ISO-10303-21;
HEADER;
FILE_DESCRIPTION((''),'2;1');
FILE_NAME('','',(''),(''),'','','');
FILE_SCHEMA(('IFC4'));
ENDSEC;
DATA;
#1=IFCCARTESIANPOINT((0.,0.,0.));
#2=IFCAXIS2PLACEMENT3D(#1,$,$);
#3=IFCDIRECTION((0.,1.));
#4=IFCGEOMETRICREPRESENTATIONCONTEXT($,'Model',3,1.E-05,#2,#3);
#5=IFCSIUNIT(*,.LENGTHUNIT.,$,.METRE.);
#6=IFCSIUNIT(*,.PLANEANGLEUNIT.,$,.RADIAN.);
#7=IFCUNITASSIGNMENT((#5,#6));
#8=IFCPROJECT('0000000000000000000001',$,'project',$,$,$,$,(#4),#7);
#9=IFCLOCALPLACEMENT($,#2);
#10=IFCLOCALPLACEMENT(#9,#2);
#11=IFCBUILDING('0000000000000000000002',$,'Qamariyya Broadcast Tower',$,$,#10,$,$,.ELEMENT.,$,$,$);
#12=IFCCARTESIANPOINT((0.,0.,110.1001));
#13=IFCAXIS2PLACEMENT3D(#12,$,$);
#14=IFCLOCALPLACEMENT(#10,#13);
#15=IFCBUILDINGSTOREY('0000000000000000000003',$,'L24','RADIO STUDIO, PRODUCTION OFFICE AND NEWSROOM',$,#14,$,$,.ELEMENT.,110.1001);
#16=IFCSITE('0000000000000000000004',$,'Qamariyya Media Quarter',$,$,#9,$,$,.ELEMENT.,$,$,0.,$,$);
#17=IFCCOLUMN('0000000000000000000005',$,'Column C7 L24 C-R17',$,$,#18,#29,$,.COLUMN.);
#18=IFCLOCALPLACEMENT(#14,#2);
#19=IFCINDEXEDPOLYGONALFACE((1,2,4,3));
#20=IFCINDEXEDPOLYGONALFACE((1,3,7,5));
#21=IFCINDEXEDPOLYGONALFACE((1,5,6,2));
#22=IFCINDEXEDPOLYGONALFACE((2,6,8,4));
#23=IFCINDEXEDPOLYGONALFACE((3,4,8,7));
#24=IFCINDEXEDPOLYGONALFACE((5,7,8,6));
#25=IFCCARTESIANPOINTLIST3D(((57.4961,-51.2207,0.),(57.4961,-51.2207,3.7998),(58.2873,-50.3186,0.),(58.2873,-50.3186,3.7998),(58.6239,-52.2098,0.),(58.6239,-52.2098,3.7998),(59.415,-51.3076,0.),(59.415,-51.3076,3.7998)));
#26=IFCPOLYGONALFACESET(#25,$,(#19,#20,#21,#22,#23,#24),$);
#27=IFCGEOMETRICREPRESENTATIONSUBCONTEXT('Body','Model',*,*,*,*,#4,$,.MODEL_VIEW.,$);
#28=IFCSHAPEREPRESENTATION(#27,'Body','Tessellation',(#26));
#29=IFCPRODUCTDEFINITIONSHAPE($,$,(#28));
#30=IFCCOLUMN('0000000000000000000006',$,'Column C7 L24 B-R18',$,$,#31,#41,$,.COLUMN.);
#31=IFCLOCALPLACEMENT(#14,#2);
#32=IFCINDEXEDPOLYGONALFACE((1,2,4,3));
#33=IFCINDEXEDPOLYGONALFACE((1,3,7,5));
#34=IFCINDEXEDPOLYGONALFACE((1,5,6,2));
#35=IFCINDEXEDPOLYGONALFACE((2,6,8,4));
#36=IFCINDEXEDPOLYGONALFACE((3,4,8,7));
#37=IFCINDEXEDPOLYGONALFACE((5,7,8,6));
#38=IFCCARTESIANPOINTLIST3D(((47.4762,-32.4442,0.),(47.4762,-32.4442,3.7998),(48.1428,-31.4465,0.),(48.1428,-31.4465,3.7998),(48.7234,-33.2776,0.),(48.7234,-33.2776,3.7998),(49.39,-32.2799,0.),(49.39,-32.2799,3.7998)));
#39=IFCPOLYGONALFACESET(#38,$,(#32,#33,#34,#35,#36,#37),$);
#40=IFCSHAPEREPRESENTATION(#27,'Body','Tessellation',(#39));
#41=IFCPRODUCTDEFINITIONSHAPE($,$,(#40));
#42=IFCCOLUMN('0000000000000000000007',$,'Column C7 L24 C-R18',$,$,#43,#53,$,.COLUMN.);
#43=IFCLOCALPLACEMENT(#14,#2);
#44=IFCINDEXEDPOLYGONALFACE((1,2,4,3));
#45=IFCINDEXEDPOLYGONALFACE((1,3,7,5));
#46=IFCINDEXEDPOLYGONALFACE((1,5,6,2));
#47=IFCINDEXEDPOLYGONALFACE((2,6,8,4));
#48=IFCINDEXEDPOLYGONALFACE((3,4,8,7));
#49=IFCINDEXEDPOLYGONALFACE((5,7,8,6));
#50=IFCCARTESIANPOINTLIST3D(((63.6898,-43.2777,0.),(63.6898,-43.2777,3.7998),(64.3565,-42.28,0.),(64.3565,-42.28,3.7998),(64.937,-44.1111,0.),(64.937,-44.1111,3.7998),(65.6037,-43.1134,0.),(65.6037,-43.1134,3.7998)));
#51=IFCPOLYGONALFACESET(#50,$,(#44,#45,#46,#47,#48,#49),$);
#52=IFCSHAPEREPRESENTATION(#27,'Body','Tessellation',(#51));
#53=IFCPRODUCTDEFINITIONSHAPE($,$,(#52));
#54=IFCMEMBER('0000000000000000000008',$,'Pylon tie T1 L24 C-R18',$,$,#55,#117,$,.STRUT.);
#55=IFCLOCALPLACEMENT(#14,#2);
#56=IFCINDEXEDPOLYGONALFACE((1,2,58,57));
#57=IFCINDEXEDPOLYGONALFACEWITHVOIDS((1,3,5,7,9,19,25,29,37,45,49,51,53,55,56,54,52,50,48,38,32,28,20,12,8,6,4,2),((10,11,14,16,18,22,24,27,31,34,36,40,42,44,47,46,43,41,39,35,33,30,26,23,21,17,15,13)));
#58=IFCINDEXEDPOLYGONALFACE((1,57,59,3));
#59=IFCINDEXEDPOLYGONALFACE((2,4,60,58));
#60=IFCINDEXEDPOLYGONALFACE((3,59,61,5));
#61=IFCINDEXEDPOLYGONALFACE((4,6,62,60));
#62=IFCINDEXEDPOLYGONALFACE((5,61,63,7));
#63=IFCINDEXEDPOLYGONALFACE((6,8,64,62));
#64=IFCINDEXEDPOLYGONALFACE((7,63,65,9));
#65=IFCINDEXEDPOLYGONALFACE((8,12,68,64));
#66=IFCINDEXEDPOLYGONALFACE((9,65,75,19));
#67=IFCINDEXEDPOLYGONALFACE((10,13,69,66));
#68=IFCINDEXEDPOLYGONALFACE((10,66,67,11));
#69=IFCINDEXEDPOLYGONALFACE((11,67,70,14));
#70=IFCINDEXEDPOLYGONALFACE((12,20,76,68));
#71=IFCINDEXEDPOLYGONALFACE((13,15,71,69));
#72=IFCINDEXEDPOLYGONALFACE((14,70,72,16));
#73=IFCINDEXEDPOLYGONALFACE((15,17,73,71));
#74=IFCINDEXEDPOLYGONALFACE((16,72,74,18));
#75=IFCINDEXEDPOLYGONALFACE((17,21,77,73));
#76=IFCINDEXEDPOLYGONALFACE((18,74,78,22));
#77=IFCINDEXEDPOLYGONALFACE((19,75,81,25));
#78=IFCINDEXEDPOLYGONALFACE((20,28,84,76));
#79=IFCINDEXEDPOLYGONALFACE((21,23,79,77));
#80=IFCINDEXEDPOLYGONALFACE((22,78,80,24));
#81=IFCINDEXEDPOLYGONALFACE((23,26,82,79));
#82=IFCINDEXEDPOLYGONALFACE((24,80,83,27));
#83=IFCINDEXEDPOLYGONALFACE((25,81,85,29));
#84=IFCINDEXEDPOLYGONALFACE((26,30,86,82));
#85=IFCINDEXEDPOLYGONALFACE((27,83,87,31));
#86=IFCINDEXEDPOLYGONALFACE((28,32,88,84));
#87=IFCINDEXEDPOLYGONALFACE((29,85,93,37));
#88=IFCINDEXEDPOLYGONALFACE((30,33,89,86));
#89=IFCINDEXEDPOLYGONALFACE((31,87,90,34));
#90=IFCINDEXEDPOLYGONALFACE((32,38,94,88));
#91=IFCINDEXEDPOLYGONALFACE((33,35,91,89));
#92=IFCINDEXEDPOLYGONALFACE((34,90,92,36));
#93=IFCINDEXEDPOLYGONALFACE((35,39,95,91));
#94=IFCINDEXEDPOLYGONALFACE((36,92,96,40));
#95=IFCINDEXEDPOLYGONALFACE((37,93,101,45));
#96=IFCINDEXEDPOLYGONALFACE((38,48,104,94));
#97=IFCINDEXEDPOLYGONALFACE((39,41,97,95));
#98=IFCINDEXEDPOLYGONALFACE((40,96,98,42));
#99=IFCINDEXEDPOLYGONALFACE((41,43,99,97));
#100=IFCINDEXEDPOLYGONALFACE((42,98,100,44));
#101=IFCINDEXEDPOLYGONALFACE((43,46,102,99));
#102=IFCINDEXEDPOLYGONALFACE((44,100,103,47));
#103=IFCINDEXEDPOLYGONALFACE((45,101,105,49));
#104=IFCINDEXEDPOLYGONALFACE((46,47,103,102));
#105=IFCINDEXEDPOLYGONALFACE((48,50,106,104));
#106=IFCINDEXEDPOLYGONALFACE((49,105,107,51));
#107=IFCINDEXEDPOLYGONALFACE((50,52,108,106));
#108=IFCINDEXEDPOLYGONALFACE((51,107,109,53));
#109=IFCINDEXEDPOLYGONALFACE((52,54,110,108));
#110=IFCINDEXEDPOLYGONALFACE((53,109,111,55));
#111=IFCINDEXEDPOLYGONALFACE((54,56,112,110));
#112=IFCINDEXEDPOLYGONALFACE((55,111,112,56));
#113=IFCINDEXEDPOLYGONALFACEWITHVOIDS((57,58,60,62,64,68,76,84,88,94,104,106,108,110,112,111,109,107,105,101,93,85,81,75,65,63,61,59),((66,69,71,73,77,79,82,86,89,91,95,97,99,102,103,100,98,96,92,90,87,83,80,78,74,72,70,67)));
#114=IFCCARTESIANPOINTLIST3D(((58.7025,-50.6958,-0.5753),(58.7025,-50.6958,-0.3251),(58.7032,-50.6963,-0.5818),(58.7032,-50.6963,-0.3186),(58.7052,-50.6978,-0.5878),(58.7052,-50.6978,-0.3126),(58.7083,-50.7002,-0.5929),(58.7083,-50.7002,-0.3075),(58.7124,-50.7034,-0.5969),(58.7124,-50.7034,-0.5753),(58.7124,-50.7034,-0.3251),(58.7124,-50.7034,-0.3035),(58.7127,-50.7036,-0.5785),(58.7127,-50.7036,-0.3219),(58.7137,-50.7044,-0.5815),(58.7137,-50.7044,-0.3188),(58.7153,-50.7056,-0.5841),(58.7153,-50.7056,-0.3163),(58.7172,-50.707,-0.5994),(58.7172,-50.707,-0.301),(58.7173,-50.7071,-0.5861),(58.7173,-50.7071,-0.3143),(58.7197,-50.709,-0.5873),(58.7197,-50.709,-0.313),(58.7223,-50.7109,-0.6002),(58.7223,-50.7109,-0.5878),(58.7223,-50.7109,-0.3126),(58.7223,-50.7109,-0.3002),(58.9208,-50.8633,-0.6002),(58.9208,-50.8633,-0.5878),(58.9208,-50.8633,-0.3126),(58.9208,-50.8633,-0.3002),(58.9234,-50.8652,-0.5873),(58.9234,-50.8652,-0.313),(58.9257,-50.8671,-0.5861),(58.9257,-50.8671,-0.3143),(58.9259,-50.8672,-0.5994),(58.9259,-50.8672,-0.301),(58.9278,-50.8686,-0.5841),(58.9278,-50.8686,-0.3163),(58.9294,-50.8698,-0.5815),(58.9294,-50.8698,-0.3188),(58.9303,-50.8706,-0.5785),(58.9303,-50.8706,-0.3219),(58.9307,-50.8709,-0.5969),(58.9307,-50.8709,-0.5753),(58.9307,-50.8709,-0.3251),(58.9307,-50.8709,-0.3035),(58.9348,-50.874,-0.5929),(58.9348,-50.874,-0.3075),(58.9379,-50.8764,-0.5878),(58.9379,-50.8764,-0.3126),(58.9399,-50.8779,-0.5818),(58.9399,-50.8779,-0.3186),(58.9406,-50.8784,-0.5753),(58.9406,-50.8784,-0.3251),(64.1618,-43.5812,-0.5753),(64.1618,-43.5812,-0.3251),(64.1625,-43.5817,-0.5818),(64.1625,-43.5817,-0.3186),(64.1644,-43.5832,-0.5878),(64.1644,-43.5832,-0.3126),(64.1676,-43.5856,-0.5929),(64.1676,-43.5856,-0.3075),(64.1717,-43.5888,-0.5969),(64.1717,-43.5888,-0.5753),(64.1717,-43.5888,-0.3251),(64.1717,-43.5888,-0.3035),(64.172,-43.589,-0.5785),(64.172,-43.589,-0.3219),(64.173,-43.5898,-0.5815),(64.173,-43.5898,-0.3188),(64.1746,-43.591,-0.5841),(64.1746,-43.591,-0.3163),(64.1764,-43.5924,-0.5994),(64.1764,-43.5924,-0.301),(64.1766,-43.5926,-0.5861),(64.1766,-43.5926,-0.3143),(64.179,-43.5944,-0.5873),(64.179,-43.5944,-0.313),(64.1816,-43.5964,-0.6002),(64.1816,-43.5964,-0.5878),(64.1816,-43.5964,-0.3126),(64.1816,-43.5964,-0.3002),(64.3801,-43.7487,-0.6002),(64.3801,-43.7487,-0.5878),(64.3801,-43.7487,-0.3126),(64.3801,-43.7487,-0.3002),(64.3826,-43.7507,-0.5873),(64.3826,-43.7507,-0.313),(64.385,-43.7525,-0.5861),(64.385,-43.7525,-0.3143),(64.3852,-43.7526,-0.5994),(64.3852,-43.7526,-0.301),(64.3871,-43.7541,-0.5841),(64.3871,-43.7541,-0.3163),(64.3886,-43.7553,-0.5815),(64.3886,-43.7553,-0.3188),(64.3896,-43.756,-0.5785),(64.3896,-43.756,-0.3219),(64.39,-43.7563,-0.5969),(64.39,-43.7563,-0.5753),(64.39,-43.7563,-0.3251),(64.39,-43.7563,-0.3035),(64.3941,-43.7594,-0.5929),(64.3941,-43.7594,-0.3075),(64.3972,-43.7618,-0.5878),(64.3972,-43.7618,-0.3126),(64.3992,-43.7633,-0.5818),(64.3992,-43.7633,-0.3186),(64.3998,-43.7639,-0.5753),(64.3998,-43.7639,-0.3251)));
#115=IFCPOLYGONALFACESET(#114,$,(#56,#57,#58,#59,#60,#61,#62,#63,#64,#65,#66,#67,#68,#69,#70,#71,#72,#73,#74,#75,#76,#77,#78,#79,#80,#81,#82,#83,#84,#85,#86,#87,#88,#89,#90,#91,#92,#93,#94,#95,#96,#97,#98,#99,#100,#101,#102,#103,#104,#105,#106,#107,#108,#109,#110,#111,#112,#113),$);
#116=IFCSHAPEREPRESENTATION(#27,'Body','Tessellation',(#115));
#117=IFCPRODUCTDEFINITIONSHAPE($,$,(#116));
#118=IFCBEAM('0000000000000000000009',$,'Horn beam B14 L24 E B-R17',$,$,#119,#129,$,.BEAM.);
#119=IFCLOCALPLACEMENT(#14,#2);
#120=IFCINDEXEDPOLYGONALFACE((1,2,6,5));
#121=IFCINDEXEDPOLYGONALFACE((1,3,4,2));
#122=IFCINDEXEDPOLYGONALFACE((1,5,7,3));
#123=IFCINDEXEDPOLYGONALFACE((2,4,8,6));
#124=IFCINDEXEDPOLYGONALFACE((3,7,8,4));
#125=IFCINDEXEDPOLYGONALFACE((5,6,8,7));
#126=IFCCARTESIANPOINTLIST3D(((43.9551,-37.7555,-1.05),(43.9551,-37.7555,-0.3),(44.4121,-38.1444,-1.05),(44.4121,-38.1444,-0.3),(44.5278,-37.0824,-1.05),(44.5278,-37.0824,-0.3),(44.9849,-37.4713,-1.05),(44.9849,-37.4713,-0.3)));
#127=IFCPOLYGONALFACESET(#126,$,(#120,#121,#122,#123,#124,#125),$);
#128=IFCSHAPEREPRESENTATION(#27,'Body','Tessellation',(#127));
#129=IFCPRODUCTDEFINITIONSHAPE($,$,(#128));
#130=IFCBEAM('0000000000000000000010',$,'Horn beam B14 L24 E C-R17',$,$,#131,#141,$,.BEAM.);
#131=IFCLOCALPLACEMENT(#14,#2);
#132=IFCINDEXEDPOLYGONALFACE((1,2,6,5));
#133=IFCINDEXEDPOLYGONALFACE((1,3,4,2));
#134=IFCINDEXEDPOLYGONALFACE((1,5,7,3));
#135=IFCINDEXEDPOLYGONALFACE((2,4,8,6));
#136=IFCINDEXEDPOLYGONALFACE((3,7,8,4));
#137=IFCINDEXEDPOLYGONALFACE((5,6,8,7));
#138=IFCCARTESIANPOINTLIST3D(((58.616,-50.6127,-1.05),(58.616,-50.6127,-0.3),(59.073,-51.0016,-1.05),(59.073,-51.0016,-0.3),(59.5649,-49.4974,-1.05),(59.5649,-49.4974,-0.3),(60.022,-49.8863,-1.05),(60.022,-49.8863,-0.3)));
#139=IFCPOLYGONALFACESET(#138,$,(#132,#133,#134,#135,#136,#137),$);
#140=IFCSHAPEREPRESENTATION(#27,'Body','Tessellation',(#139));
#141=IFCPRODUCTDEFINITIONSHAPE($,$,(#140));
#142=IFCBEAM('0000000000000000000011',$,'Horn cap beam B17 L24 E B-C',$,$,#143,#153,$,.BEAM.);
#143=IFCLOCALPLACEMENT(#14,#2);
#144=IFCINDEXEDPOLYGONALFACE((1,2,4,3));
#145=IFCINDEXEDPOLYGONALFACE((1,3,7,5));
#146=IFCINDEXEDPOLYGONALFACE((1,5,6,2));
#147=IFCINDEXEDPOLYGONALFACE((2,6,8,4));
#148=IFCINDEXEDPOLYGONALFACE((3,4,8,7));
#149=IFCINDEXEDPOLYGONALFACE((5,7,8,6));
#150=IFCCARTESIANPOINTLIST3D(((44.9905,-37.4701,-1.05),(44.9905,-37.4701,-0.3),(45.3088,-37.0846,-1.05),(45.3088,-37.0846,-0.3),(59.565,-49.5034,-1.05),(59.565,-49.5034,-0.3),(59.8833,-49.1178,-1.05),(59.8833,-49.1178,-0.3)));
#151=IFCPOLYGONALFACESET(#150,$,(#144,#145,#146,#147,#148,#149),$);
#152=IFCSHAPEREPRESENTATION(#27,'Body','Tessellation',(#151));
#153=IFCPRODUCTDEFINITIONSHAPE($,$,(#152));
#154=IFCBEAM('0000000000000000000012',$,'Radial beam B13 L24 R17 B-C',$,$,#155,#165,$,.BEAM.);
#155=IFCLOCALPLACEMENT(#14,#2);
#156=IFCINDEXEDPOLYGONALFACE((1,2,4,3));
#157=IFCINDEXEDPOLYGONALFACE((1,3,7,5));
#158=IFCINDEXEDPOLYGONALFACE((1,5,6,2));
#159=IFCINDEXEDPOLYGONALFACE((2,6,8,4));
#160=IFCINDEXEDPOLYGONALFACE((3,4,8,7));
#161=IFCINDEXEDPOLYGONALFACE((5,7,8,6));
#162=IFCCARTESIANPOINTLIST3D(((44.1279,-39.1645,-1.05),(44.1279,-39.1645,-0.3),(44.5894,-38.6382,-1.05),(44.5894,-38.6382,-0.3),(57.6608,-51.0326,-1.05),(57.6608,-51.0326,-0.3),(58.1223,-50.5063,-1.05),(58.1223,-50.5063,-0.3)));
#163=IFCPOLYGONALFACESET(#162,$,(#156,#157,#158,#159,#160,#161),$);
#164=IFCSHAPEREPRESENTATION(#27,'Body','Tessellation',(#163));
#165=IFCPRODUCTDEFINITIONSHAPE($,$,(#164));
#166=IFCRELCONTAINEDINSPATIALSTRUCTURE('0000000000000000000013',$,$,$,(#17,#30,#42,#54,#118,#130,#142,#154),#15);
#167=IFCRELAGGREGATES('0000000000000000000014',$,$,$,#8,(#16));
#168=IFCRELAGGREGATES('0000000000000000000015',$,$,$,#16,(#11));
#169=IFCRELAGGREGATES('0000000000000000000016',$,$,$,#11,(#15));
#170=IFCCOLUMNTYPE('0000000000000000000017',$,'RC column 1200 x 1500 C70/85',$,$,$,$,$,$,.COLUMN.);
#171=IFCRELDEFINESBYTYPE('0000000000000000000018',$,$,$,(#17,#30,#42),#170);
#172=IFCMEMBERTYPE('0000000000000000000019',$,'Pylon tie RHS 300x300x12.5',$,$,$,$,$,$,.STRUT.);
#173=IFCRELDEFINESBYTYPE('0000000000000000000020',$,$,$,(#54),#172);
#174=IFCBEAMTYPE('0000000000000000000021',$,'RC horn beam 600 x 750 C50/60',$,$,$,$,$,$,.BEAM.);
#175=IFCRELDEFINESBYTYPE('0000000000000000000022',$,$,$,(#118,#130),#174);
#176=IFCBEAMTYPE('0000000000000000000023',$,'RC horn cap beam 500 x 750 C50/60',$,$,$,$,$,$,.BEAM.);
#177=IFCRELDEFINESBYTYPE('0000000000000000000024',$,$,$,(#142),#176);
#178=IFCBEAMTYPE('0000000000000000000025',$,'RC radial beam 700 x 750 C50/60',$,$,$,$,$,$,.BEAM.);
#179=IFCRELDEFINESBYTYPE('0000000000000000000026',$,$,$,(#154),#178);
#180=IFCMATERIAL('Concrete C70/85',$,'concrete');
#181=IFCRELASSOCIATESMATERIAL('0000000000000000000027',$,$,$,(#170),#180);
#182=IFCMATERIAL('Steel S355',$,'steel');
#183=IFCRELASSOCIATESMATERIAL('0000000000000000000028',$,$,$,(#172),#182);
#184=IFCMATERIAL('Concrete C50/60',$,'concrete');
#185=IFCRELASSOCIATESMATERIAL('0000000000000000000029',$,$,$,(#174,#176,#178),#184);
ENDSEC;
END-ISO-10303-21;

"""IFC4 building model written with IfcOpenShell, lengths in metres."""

from ifc_helpers import new_model, si_unit, direction, frame, origin, origin_2d, place, context, subcontext, project, spatial, rectangle, hollow_rectangle, extrude, material, material_profile, profile_set, type_object, element, save


model = new_model("IFC4")

# Units and contexts
model_context = context("Model", 3, precision=1e-05, world=origin(), true_north=direction((0.0, 1.0)))
body_context = subcontext(model_context, "Body", "Model", "MODEL_VIEW")
ifc_project = project(units=[si_unit("LENGTHUNIT", "METRE"), si_unit("PLANEANGLEUNIT", "RADIAN")], contexts=[model_context])

# Site, building, storey
site_placement = place(None, origin())
site = spatial("IfcSite", under=ifc_project, at=site_placement, Name="Qamariyya Media Quarter", CompositionType="ELEMENT", RefElevation=0.0)
building_placement = place(site_placement, origin())
building = spatial("IfcBuilding", under=site, at=building_placement, Name="Qamariyya Broadcast Tower", CompositionType="ELEMENT")
storey_placement = place(building_placement, frame((0.0, 0.0, 110.1001)))
storey = spatial("IfcBuildingStorey", under=building, at=storey_placement, Name="L24", Description="RADIO STUDIO, PRODUCTION OFFICE AND NEWSROOM", CompositionType="ELEMENT", Elevation=110.1001)

# Columns
ifc_material_1 = material(Name="Concrete C70/85", Category="concrete")
ifc_material_profile_1 = material_profile(ifc_material_1, rectangle(XDim=1.2, YDim=1.5, at=origin_2d()))
ifc_profile_set_1 = profile_set([ifc_material_profile_1], Name="Concrete C70/85")
column_type = type_object("IfcColumnType", Name="RC column 1200 x 1500 C70/85", PredefinedType="COLUMN", material=ifc_profile_set_1)
for number, where, z_axis, x_axis, name in (
    (1, (58.4556, -51.2642, 0.0), (0.0, 0.0, 1.0), (0.659346, 0.75184, 0.0), "Column C7 L24 C-R17"),
    (2, (48.4331, -32.3621, 0.0), (0.0, 0.0, 1.0), (0.55557, 0.83147, 0.0), "Column C7 L24 B-R18"),
    (3, (64.6467, -43.1956, 0.0), (0.0, 0.0, 1.0), (0.55557, 0.83147, 0.0), "Column C7 L24 C-R18"),
):
    element("IfcColumn", number, at=place(storey_placement, frame(where, z_axis=z_axis, x_axis=x_axis)), inside=storey, type_object=column_type, Name=name, PredefinedType="COLUMN", context=body_context, shape_type="SweptSolid", body=[
        extrude(rectangle(XDim=1.2, YDim=1.5, at=origin_2d()), origin(), (0.0, 0.0, 1.0), 3.7998),
    ])

# Member
ifc_material_2 = material(Name="Steel S355", Category="steel")
ifc_material_profile_2 = material_profile(ifc_material_2, hollow_rectangle(XDim=0.3, YDim=0.3, WallThickness=0.0125, InnerFilletRadius=0.0125, OuterFilletRadius=0.0249, at=origin_2d()))
ifc_profile_set_2 = profile_set([ifc_material_profile_2], Name="Steel S355")
member_type = type_object("IfcMemberType", Name="Pylon tie RHS 300x300x12.5", PredefinedType="STRUT", material=ifc_profile_set_2)
member_placement = place(storey_placement, frame((58.8215, -50.7871, -0.4502), z_axis=(0.608767, 0.793349, 0.0), x_axis=(-0.793349, 0.608767, 0.0)))
element("IfcMember", 4, at=member_placement, inside=storey, type_object=member_type, Name="Pylon tie T1 L24 C-R18", PredefinedType="STRUT", context=body_context, shape_type="SweptSolid", body=[
    extrude(hollow_rectangle(XDim=0.3, YDim=0.3, WallThickness=0.0125, InnerFilletRadius=0.0125, OuterFilletRadius=0.0249, at=origin_2d()), origin(), (0.0, 0.0, 1.0), 8.9678),
])

# Beams
ifc_material_3 = material(Name="Concrete C50/60", Category="concrete")
ifc_material_profile_3 = material_profile(ifc_material_3, rectangle(XDim=0.6001, YDim=0.75, at=origin_2d()))
ifc_profile_set_3 = profile_set([ifc_material_profile_3], Name="Concrete C50/60")
beam_type_1 = type_object("IfcBeamType", Name="RC horn beam 600 x 750 C50/60", PredefinedType="BEAM", material=ifc_profile_set_3)
beam_1_placement = place(storey_placement, frame((44.1836, -37.95, -0.675), z_axis=(0.648057, 0.761592, 0.0), x_axis=(-0.761592, 0.648057, 0.0)))
element("IfcBeam", 5, at=beam_1_placement, inside=storey, type_object=beam_type_1, Name="Horn beam B14 L24 E B-R17", PredefinedType="BEAM", context=body_context, shape_type="SweptSolid", body=[
    extrude(rectangle(XDim=0.6001, YDim=0.75, at=origin_2d()), origin(), (0.0, 0.0, 1.0), 0.8838),
])
beam_2_placement = place(storey_placement, frame((58.8445, -50.8071, -0.675), z_axis=(0.648055, 0.761594, 0.0), x_axis=(-0.761594, 0.648055, 0.0)))
element("IfcBeam", 6, at=beam_2_placement, inside=storey, type_object=beam_type_1, Name="Horn beam B14 L24 E C-R17", PredefinedType="BEAM", context=body_context, shape_type="SweptSolid", body=[
    extrude(rectangle(XDim=0.6001, YDim=0.75, at=origin_2d()), origin(), (0.0, 0.0, 1.0), 1.4644),
])
ifc_material_profile_4 = material_profile(ifc_material_3, rectangle(XDim=0.5, YDim=0.75, at=origin_2d()))
ifc_profile_set_4 = profile_set([ifc_material_profile_4], Name="Concrete C50/60")
beam_type_2 = type_object("IfcBeamType", Name="RC horn cap beam 500 x 750 C50/60", PredefinedType="BEAM", material=ifc_profile_set_4)
beam_3_placement = place(storey_placement, frame((45.1497, -37.2773, -0.675), z_axis=(0.771132, -0.636675, 0.0), x_axis=(0.636675, 0.771132, 0.0)))
element("IfcBeam", 7, at=beam_3_placement, inside=storey, type_object=beam_type_2, Name="Horn cap beam B17 L24 E B-C", PredefinedType="BEAM", context=body_context, shape_type="SweptSolid", body=[
    extrude(rectangle(XDim=0.5, YDim=0.75, at=origin_2d()), origin(), (0.0, 0.0, 1.0), 18.9001),
])
ifc_material_profile_5 = material_profile(ifc_material_3, rectangle(XDim=0.7, YDim=0.75, at=origin_2d()))
ifc_profile_set_5 = profile_set([ifc_material_profile_5], Name="Concrete C50/60")
beam_type_3 = type_object("IfcBeamType", Name="RC radial beam 700 x 750 C50/60", PredefinedType="BEAM", material=ifc_profile_set_5)
beam_4_placement = place(storey_placement, frame((44.3586, -38.9014, -0.675), z_axis=(0.751838, -0.659348, 0.0), x_axis=(0.659348, 0.751838, 0.0)))
element("IfcBeam", 8, at=beam_4_placement, inside=storey, type_object=beam_type_3, Name="Radial beam B13 L24 R17 B-C", PredefinedType="BEAM", context=body_context, shape_type="SweptSolid", body=[
    extrude(rectangle(XDim=0.7, YDim=0.75, at=origin_2d()), origin(), (0.0, 0.0, 1.0), 17.9998),
])

save(model, "model.ifc")
